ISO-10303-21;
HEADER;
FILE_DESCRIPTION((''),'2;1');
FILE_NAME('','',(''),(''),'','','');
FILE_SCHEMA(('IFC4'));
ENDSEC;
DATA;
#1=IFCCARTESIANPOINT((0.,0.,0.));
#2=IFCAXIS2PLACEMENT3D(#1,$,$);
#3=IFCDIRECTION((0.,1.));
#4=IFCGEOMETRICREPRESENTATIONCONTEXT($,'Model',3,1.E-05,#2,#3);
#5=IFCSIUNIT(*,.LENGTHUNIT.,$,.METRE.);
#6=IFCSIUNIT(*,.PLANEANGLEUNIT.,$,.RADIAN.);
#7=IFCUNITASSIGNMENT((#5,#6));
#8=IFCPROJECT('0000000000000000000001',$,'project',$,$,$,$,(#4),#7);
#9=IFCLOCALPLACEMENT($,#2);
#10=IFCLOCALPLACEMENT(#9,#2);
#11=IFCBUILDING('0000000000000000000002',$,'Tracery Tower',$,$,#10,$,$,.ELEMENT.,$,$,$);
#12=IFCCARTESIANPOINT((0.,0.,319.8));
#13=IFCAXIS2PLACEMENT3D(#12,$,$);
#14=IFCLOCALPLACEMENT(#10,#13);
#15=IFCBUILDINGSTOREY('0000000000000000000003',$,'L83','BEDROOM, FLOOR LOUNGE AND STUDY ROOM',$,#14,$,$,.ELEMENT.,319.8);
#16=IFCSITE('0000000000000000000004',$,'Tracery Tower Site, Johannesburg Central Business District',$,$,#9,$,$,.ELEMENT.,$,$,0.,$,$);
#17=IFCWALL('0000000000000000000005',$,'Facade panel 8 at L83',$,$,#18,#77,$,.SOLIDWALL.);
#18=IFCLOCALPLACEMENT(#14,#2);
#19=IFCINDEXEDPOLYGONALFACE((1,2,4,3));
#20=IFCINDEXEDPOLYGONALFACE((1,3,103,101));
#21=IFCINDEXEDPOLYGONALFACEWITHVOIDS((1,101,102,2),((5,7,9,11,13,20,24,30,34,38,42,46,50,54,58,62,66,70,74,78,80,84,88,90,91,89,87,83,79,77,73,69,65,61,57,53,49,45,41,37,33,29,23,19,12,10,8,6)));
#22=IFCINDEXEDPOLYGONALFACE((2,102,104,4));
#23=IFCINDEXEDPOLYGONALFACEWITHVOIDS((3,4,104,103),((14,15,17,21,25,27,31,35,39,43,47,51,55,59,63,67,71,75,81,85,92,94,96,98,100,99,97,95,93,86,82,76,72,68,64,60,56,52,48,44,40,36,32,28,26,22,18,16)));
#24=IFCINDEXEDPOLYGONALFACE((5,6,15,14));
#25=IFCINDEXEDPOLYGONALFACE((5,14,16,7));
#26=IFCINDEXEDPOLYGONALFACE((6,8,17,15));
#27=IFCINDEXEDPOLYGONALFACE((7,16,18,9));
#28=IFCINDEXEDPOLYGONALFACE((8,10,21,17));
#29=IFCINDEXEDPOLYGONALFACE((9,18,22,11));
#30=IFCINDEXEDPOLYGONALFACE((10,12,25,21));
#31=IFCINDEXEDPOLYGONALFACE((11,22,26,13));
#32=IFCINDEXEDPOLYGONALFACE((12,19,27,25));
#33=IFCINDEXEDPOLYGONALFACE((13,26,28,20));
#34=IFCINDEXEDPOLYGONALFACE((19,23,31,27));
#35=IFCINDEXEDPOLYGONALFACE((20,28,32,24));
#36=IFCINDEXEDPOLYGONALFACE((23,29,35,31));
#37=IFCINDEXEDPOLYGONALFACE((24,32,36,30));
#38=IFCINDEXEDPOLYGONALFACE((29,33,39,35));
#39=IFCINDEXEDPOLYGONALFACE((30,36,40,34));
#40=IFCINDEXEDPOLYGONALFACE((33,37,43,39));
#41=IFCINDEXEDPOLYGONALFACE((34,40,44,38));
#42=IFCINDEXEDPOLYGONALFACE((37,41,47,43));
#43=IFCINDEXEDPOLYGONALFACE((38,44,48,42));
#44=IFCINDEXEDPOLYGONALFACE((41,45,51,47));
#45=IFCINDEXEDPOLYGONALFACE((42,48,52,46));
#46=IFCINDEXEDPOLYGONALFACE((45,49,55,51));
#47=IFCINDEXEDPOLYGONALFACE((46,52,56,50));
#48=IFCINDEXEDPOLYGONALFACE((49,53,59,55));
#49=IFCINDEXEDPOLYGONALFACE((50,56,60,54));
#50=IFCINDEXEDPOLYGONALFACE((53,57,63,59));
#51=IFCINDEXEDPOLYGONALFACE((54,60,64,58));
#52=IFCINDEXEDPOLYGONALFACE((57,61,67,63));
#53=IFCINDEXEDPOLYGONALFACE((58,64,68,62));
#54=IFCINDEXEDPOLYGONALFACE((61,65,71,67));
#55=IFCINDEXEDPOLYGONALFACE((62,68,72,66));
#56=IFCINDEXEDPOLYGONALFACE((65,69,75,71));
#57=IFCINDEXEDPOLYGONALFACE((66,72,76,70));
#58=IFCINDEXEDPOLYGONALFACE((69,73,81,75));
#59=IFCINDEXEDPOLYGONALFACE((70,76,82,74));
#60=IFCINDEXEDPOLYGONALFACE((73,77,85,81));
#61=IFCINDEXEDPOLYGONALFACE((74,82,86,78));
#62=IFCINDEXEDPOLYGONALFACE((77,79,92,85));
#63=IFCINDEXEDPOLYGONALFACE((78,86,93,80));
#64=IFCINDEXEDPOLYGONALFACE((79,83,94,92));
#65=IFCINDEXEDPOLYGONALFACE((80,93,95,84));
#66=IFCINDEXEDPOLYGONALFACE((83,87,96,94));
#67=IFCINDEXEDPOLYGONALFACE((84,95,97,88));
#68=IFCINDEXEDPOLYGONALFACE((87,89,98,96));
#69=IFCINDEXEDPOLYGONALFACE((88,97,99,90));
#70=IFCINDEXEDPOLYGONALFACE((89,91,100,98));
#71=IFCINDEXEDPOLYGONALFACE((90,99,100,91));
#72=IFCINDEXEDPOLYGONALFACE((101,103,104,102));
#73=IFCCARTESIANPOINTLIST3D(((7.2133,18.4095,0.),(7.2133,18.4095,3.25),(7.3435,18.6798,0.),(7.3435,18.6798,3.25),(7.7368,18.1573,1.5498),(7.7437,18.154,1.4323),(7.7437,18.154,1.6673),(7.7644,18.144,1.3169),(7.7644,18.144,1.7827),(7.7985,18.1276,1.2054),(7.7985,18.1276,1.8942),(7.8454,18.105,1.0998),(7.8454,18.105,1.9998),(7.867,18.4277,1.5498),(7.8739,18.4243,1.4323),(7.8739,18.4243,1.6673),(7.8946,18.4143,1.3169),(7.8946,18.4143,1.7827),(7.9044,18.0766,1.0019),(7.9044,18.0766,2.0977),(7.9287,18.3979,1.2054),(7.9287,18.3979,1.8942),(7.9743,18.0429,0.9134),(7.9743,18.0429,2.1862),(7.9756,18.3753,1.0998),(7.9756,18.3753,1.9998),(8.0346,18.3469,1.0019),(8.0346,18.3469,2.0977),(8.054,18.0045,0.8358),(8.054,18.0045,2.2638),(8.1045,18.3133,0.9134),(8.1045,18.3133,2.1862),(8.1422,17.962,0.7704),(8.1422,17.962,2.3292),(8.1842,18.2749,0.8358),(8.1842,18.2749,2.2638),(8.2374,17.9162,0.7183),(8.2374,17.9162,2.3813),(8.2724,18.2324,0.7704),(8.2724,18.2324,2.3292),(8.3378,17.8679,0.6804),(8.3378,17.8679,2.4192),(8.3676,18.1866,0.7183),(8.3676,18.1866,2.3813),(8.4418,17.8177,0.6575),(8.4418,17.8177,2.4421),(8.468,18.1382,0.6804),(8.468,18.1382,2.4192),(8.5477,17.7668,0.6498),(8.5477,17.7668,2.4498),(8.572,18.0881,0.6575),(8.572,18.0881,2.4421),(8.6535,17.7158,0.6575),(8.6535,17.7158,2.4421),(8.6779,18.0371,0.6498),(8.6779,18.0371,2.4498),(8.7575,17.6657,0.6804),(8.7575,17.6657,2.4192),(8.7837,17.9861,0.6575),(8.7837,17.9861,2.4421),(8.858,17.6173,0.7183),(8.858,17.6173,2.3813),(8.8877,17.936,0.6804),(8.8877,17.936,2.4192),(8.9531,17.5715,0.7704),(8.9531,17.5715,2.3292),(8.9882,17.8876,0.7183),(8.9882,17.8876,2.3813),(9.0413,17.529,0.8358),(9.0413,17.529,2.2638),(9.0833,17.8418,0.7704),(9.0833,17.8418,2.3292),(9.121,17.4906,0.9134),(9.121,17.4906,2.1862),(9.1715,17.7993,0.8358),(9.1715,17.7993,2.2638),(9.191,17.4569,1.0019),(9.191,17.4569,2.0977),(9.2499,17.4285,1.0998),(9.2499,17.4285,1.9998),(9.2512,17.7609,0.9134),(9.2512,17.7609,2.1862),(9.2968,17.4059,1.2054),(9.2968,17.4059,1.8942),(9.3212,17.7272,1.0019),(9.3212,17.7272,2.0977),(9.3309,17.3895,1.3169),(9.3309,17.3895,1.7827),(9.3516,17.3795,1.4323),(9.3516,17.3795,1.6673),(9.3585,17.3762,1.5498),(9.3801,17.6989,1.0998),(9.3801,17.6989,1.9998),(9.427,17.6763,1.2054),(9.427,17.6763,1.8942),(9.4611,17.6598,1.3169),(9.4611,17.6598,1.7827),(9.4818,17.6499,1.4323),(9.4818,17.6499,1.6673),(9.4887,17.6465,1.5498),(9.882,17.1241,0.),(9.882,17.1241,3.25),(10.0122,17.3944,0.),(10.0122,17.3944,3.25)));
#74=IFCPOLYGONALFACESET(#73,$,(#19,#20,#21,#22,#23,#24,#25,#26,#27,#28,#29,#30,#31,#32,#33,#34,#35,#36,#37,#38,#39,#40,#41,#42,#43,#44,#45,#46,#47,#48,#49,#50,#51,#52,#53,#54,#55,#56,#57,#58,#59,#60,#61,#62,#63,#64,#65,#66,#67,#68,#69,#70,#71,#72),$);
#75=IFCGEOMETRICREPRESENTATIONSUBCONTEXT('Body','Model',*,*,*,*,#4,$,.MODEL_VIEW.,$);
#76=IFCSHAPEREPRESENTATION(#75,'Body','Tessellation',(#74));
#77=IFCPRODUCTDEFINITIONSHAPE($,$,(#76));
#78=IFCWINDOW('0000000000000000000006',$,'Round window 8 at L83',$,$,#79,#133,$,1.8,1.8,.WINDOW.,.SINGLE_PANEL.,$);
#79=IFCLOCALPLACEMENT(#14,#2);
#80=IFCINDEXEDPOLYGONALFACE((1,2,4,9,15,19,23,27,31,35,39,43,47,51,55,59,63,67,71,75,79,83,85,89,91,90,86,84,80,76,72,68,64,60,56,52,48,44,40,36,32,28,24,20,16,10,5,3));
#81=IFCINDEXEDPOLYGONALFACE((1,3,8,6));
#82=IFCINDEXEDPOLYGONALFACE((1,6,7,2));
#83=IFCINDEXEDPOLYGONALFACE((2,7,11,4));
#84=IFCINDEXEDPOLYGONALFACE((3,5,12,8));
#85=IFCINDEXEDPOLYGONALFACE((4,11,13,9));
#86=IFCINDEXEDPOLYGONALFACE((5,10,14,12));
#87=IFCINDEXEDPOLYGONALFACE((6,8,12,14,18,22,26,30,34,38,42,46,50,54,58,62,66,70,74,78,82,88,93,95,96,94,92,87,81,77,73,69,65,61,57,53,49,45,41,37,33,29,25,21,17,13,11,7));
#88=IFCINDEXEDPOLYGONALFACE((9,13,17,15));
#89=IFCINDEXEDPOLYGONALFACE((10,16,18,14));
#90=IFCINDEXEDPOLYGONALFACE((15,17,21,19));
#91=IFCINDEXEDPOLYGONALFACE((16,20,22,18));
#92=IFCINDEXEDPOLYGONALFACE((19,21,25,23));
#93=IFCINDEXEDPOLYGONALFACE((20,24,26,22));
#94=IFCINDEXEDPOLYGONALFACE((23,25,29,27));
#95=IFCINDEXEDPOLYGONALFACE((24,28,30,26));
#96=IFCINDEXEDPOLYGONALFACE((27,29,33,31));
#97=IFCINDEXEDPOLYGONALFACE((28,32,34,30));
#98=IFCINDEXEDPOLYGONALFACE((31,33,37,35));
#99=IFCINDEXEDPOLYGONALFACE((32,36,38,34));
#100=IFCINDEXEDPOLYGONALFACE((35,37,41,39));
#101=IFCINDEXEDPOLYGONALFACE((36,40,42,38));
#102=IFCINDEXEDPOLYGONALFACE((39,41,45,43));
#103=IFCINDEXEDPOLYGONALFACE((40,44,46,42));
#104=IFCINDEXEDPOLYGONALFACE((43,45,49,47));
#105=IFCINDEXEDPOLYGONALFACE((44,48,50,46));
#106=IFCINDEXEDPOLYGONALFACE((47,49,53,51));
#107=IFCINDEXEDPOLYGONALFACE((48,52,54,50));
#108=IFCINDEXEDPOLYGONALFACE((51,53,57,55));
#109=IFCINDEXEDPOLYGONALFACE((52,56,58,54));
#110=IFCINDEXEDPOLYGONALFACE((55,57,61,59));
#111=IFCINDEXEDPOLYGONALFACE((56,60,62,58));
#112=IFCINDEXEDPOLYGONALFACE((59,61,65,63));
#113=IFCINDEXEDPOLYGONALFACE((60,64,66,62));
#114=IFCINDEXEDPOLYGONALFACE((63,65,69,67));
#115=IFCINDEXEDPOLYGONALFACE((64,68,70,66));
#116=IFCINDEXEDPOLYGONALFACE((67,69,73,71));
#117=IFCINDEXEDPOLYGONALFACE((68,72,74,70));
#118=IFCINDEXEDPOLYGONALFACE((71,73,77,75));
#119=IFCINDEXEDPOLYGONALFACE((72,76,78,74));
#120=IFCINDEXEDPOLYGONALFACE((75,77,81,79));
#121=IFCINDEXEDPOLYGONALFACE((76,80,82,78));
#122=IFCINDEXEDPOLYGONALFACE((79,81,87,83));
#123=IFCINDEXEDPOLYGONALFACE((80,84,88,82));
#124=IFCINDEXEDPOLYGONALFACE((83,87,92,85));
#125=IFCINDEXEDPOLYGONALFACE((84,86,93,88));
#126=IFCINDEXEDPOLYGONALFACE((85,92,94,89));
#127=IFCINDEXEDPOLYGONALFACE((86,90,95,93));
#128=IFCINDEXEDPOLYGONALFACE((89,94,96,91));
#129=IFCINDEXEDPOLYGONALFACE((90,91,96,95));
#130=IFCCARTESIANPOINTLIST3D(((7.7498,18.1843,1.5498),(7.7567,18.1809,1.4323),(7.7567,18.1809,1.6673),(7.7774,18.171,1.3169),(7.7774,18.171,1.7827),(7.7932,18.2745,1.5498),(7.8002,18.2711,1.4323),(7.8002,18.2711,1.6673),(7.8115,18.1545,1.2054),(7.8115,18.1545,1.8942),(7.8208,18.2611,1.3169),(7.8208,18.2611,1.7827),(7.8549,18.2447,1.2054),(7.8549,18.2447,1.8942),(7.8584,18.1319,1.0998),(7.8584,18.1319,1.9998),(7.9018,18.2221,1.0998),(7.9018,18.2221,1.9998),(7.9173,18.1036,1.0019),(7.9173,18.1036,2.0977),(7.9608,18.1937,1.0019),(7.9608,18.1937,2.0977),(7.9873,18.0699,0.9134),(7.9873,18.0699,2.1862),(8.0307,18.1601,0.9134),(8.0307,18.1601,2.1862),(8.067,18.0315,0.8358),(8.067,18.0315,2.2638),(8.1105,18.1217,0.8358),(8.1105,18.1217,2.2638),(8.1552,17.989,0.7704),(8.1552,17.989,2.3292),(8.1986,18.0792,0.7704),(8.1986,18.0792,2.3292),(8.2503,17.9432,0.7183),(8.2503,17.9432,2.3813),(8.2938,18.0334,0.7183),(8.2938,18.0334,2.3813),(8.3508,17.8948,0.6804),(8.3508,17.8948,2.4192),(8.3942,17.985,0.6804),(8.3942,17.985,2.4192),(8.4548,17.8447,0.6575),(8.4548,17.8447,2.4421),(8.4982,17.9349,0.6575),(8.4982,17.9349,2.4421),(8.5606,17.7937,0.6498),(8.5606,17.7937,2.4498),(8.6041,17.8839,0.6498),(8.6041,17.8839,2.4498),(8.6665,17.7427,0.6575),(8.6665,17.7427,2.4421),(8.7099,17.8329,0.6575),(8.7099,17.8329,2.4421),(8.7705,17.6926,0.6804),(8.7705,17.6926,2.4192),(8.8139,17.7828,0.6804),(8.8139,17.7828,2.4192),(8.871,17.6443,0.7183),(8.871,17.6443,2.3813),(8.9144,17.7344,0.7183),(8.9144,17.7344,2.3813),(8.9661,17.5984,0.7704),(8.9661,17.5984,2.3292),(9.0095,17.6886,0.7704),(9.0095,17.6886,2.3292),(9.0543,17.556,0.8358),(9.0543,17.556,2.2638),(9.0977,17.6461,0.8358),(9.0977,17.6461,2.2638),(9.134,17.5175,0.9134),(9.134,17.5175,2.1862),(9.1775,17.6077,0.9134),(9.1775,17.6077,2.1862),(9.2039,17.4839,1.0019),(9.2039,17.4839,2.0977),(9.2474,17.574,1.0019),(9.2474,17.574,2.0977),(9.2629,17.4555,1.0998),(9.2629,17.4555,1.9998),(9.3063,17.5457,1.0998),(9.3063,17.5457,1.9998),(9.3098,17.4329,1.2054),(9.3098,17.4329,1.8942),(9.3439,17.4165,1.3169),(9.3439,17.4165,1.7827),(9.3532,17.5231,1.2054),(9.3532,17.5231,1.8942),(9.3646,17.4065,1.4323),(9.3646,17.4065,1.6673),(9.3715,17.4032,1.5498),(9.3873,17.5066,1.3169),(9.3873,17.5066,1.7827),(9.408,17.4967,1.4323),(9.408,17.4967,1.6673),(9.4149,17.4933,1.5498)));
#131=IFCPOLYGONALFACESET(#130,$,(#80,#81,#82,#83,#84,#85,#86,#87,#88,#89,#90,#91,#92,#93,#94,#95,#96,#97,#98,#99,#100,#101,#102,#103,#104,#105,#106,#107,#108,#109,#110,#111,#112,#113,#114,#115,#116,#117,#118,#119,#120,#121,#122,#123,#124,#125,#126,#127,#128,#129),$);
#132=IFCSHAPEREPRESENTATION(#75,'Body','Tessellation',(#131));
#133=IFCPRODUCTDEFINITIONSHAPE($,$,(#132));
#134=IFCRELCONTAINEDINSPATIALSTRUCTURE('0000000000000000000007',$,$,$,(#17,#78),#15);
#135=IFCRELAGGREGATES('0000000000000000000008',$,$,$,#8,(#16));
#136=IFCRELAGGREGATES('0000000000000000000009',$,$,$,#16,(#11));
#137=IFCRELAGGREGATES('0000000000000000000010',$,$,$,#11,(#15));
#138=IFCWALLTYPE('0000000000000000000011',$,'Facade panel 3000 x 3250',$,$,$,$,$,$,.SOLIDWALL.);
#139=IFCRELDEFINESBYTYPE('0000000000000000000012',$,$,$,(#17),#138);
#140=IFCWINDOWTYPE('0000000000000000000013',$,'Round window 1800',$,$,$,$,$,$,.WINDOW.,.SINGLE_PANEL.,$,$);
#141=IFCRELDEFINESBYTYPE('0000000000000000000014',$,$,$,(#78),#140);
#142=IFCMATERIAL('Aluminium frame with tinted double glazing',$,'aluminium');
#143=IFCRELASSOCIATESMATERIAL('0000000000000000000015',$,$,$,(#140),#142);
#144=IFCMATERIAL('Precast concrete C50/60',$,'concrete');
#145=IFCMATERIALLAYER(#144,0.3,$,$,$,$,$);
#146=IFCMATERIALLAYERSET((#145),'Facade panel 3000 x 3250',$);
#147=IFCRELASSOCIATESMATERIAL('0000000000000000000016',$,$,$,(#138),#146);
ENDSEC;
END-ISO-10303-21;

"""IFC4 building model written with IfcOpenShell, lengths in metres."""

from ifc_helpers import new_model, si_unit, direction, frame, frame_2d, origin, origin_2d, place, context, subcontext, project, spatial, rectangle, circle, extrude, material, layer, layer_set, type_object, element, fill, save


model = new_model("IFC4")

# Units and contexts
model_context = context("Model", 3, precision=1e-05, world=origin(), true_north=direction((0.0, 1.0)))
body_context = subcontext(model_context, "Body", "Model", "MODEL_VIEW")
ifc_project = project(units=[si_unit("LENGTHUNIT", "METRE"), si_unit("PLANEANGLEUNIT", "RADIAN")], contexts=[model_context])

# Site, building, storey
site_placement = place(None, origin())
site = spatial("IfcSite", under=ifc_project, at=site_placement, Name="Tracery Tower Site, Johannesburg Central Business District", CompositionType="ELEMENT", RefElevation=0.0)
building_placement = place(site_placement, origin())
building = spatial("IfcBuilding", under=site, at=building_placement, Name="Tracery Tower", CompositionType="ELEMENT")
storey_placement = place(building_placement, frame((0.0, 0.0, 319.8)))
storey = spatial("IfcBuildingStorey", under=building, at=storey_placement, Name="L83", Description="BEDROOM, FLOOR LOUNGE AND STUDY ROOM", CompositionType="ELEMENT", Elevation=319.8)

# Wall, opening, window
ifc_material_1 = material(Name="Aluminium frame with tinted double glazing", Category="aluminium")
window_type = type_object("IfcWindowType", Name="Round window 1800", PartitioningType="SINGLE_PANEL", PredefinedType="WINDOW", material=ifc_material_1)
ifc_material_2 = material(Name="Precast concrete C50/60", Category="concrete")
ifc_layer_1 = layer(ifc_material_2, 0.3)
ifc_layer_set_1 = layer_set([ifc_layer_1], Name="Facade panel 3000 x 3250")
wall_type_1 = type_object("IfcWallType", Name="Facade panel 3000 x 3250", PredefinedType="SOLIDWALL", material=ifc_layer_set_1)
wall_1_placement = place(storey_placement, frame((9.947, 17.2593, 0.0), z_axis=(0.0, 0.0, 1.0), x_axis=(-0.90094, 0.433944, 0.0)))
wall_1 = element("IfcWall", 1, at=wall_1_placement, inside=storey, type_object=wall_type_1, Name="Facade panel 8 at L83", PredefinedType="SOLIDWALL", context=body_context, shape_type="SweptSolid", body=[
    extrude(rectangle(XDim=2.9622, YDim=0.3, at=frame_2d((1.481, 0.0))), origin(), (0.0, 0.0, 1.0), 3.25),
])
opening_1_placement = place(wall_1_placement, frame((1.481, 0.0, 1.5498)))
opening_1 = element("IfcOpeningElement", 2, at=opening_1_placement, cuts=wall_1, PredefinedType="OPENING", context=body_context, shape_type="SweptSolid", body=[
    extrude(circle(Radius=0.9, at=origin_2d()), frame((0.0, 0.1599, 0.0), z_axis=(0.0, -1.0, 0.0), x_axis=(1.0, 0.0, 0.0)), (0.0, 0.0, 1.0), 0.3201),
])
window_1_placement = place(opening_1_placement, origin())
window_1 = element("IfcWindow", 3, at=window_1_placement, inside=storey, type_object=window_type, Name="Round window 8 at L83", OverallHeight=1.8, OverallWidth=1.8, PartitioningType="SINGLE_PANEL", PredefinedType="WINDOW", context=body_context, shape_type="SweptSolid", body=[
    extrude(circle(Radius=0.9, at=origin_2d()), frame((0.0, 0.1201, 0.0), z_axis=(0.0, -1.0, 0.0), x_axis=(1.0, 0.0, 0.0)), (0.0, 0.0, 1.0), 0.1001),
])
fill(opening_1, window_1)

save(model, "model.ifc")
